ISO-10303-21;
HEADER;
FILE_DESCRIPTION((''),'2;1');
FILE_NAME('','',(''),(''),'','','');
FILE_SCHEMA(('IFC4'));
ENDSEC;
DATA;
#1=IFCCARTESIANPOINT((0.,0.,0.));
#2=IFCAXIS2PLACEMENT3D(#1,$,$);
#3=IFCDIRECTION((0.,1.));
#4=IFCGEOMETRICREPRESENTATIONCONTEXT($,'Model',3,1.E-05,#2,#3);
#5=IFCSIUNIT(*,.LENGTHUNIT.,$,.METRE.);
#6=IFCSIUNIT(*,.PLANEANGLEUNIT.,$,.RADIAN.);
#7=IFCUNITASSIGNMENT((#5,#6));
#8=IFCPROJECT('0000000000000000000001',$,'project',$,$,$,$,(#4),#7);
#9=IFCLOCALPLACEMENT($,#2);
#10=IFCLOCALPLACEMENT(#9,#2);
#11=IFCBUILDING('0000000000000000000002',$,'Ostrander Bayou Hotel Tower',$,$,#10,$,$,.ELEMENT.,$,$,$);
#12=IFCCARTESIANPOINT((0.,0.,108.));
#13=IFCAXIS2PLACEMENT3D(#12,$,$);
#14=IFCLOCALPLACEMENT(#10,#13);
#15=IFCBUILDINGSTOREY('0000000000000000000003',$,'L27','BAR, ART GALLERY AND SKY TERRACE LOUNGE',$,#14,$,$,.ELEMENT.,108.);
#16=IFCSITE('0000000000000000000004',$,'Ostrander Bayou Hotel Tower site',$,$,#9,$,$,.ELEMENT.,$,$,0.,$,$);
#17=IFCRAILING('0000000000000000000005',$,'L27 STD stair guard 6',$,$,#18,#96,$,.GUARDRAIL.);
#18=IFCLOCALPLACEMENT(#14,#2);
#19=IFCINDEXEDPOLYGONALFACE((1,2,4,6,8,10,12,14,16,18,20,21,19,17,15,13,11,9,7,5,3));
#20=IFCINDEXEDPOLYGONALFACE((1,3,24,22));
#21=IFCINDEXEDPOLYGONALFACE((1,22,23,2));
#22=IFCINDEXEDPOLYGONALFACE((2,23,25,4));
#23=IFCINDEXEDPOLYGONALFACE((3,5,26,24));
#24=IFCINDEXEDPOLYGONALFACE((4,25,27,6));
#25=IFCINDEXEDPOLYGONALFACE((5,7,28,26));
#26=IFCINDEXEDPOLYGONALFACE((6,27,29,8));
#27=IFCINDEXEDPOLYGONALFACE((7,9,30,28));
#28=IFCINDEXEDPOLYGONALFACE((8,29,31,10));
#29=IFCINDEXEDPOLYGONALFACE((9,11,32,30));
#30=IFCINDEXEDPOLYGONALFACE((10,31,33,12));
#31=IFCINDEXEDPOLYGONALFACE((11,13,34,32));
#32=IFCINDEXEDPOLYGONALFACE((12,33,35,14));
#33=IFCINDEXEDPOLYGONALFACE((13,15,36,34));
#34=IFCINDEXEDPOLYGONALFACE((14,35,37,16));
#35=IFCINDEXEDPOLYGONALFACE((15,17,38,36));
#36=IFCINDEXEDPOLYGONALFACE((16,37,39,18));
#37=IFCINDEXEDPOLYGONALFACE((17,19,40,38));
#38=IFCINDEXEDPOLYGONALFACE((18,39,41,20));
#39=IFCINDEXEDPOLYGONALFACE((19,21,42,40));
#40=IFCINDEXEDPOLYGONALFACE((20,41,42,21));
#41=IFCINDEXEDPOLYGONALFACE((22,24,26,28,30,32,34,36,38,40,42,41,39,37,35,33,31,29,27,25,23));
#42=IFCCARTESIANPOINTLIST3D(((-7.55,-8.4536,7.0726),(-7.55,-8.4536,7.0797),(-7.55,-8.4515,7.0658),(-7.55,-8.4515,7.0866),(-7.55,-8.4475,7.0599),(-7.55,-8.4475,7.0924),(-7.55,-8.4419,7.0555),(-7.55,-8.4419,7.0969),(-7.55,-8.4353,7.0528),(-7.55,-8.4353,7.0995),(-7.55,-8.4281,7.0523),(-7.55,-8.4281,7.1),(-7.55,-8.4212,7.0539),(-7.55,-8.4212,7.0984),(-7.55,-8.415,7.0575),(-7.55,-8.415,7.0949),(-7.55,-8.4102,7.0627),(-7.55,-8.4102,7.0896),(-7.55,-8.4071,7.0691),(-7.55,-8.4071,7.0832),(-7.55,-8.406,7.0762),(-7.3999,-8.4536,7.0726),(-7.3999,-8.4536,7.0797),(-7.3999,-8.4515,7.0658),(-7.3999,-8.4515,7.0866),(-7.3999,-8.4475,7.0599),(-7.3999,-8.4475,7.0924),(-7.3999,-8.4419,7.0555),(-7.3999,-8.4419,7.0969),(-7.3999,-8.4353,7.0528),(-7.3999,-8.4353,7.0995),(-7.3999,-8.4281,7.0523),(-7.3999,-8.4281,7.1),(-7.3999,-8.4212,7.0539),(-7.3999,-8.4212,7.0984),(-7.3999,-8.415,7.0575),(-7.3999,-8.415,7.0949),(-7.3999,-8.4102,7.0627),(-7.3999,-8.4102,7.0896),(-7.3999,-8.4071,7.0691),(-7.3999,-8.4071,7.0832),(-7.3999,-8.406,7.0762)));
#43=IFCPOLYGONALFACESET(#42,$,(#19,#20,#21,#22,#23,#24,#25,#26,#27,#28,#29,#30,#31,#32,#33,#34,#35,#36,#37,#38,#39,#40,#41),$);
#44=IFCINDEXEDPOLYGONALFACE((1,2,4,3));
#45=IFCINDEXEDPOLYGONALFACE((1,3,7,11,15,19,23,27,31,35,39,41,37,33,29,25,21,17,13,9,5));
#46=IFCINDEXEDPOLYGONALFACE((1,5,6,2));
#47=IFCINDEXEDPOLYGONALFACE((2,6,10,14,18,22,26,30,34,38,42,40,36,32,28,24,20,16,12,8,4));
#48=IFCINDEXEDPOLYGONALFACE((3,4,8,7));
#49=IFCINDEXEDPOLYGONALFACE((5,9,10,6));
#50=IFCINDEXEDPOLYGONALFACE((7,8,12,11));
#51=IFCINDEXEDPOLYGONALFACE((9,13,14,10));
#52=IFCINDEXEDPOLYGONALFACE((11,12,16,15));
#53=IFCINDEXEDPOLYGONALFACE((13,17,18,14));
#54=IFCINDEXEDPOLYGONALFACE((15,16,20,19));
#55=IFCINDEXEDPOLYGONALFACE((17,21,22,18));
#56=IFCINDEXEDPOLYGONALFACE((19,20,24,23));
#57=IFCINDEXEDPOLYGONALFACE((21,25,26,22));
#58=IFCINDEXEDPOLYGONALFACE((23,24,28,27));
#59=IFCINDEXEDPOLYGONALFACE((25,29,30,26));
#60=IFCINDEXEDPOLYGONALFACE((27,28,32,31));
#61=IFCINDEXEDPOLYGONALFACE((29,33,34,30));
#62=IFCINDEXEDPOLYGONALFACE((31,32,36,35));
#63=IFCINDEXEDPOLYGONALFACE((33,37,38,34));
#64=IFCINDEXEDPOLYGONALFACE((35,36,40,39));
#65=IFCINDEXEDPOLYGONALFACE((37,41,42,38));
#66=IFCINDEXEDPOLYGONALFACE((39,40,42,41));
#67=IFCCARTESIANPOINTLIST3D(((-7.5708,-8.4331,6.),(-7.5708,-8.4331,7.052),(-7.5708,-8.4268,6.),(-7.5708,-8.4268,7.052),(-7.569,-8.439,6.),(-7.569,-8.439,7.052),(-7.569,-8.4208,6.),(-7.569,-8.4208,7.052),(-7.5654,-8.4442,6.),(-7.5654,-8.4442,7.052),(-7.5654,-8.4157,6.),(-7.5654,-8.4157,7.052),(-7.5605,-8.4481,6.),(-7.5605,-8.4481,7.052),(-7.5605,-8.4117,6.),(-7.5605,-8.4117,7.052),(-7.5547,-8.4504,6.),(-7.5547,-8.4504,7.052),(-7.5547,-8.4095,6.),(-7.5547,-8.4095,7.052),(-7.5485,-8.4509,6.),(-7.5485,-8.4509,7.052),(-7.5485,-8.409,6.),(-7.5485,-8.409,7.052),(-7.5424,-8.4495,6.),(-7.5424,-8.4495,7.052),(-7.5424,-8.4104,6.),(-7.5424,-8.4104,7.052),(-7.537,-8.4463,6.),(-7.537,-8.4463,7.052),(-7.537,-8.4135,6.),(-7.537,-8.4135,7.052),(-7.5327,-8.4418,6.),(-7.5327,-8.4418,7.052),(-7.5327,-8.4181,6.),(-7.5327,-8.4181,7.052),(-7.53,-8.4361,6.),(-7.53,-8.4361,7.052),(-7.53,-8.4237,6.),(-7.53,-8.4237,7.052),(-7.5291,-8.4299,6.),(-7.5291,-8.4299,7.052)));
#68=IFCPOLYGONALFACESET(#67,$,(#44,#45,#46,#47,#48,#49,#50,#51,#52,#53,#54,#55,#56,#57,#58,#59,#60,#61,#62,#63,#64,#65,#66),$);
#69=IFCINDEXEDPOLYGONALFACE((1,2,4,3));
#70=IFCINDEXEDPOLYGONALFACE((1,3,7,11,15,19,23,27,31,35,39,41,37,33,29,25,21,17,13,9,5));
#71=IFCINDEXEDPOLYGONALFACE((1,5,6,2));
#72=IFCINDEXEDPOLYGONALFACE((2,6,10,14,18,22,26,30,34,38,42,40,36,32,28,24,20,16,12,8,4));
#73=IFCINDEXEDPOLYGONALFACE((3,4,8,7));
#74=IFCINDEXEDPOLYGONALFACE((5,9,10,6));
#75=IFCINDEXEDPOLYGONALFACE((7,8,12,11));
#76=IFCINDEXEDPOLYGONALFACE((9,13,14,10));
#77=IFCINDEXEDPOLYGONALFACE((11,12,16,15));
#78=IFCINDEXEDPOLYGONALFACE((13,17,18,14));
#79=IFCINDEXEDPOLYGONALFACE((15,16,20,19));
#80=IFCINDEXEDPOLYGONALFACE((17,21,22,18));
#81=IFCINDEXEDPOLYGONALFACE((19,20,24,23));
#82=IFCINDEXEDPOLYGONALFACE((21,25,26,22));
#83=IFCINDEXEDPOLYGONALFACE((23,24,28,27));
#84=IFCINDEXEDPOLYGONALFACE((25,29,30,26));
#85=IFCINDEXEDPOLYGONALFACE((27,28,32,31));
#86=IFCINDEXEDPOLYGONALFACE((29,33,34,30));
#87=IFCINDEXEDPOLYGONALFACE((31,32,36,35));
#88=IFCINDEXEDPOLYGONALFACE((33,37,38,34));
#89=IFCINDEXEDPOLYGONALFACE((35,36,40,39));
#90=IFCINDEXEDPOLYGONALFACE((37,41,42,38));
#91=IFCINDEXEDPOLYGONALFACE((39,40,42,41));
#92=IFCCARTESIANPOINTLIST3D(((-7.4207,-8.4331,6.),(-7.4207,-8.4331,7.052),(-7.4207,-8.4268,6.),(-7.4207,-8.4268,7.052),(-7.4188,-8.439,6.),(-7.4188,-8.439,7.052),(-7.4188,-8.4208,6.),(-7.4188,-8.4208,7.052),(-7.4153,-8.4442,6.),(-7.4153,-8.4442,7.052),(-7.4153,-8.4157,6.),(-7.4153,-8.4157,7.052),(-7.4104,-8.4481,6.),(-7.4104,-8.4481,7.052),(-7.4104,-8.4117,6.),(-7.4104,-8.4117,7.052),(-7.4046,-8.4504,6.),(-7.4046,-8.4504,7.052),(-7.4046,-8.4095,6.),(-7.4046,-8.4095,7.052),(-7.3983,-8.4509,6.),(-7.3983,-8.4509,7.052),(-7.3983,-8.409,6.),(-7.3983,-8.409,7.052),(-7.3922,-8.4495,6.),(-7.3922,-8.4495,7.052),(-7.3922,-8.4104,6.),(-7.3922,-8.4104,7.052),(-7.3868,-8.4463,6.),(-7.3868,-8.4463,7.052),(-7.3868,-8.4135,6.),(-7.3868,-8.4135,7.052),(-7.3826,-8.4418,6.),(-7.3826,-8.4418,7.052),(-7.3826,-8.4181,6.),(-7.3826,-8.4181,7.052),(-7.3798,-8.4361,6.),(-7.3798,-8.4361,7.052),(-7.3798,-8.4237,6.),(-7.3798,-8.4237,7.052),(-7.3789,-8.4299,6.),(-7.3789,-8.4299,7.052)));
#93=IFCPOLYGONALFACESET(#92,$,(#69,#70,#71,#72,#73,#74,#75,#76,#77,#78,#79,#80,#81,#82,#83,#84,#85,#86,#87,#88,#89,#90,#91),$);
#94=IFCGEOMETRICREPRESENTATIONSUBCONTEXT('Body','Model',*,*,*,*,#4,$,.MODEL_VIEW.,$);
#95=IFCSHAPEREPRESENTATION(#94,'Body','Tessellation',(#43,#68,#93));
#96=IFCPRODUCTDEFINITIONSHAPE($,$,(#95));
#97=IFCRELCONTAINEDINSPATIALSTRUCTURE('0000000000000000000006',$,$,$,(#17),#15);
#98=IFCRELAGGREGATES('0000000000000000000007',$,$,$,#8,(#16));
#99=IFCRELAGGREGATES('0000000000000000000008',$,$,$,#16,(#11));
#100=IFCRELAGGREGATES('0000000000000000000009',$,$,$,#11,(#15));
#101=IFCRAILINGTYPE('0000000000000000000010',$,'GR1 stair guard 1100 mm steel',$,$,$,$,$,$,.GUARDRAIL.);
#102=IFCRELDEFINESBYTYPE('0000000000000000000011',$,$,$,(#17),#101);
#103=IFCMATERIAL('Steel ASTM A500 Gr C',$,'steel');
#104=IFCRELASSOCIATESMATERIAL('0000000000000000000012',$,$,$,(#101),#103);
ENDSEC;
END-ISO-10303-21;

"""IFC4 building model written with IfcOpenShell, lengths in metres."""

from ifc_helpers import new_model, si_unit, direction, frame, origin, origin_2d, place, context, subcontext, project, spatial, circle, extrude, material, type_object, element, save


model = new_model("IFC4")

# Units and contexts
model_context = context("Model", 3, precision=1e-05, world=origin(), true_north=direction((0.0, 1.0)))
body_context = subcontext(model_context, "Body", "Model", "MODEL_VIEW")
ifc_project = project(units=[si_unit("LENGTHUNIT", "METRE"), si_unit("PLANEANGLEUNIT", "RADIAN")], contexts=[model_context])

# Site, building, storey
site_placement = place(None, origin())
site = spatial("IfcSite", under=ifc_project, at=site_placement, Name="Ostrander Bayou Hotel Tower site", CompositionType="ELEMENT", RefElevation=0.0)
building_placement = place(site_placement, origin())
building = spatial("IfcBuilding", under=site, at=building_placement, Name="Ostrander Bayou Hotel Tower", CompositionType="ELEMENT")
storey_placement = place(building_placement, frame((0.0, 0.0, 108.0)))
storey = spatial("IfcBuildingStorey", under=building, at=storey_placement, Name="L27", Description="BAR, ART GALLERY AND SKY TERRACE LOUNGE", CompositionType="ELEMENT", Elevation=108.0)

# Railing
ifc_material_1 = material(Name="Steel ASTM A500 Gr C", Category="steel")
railing_type_1 = type_object("IfcRailingType", Name="GR1 stair guard 1100 mm steel", PredefinedType="GUARDRAIL", material=ifc_material_1)
railing_1_placement = place(storey_placement, frame((-7.55, -8.4299, 6.0)))
element("IfcRailing", 1, at=railing_1_placement, inside=storey, type_object=railing_type_1, Name="L27 STD stair guard 6", PredefinedType="GUARDRAIL", context=body_context, shape_type="SweptSolid", body=[
    extrude(circle(Radius=0.0239, at=origin_2d()), frame((0.0, 0.0, 1.0762), z_axis=(1.0, 0.0, 0.0), x_axis=(0.0, 1.0, 0.0)), (0.0, 0.0, 1.0), 0.1501),
    extrude(circle(Radius=0.021, at=origin_2d()), origin(), (0.0, 0.0, 1.0), 1.052),
    extrude(circle(Radius=0.021, at=origin_2d()), frame((0.1501, 0.0, 0.0)), (0.0, 0.0, 1.0), 1.052),
])

save(model, "model.ifc")
